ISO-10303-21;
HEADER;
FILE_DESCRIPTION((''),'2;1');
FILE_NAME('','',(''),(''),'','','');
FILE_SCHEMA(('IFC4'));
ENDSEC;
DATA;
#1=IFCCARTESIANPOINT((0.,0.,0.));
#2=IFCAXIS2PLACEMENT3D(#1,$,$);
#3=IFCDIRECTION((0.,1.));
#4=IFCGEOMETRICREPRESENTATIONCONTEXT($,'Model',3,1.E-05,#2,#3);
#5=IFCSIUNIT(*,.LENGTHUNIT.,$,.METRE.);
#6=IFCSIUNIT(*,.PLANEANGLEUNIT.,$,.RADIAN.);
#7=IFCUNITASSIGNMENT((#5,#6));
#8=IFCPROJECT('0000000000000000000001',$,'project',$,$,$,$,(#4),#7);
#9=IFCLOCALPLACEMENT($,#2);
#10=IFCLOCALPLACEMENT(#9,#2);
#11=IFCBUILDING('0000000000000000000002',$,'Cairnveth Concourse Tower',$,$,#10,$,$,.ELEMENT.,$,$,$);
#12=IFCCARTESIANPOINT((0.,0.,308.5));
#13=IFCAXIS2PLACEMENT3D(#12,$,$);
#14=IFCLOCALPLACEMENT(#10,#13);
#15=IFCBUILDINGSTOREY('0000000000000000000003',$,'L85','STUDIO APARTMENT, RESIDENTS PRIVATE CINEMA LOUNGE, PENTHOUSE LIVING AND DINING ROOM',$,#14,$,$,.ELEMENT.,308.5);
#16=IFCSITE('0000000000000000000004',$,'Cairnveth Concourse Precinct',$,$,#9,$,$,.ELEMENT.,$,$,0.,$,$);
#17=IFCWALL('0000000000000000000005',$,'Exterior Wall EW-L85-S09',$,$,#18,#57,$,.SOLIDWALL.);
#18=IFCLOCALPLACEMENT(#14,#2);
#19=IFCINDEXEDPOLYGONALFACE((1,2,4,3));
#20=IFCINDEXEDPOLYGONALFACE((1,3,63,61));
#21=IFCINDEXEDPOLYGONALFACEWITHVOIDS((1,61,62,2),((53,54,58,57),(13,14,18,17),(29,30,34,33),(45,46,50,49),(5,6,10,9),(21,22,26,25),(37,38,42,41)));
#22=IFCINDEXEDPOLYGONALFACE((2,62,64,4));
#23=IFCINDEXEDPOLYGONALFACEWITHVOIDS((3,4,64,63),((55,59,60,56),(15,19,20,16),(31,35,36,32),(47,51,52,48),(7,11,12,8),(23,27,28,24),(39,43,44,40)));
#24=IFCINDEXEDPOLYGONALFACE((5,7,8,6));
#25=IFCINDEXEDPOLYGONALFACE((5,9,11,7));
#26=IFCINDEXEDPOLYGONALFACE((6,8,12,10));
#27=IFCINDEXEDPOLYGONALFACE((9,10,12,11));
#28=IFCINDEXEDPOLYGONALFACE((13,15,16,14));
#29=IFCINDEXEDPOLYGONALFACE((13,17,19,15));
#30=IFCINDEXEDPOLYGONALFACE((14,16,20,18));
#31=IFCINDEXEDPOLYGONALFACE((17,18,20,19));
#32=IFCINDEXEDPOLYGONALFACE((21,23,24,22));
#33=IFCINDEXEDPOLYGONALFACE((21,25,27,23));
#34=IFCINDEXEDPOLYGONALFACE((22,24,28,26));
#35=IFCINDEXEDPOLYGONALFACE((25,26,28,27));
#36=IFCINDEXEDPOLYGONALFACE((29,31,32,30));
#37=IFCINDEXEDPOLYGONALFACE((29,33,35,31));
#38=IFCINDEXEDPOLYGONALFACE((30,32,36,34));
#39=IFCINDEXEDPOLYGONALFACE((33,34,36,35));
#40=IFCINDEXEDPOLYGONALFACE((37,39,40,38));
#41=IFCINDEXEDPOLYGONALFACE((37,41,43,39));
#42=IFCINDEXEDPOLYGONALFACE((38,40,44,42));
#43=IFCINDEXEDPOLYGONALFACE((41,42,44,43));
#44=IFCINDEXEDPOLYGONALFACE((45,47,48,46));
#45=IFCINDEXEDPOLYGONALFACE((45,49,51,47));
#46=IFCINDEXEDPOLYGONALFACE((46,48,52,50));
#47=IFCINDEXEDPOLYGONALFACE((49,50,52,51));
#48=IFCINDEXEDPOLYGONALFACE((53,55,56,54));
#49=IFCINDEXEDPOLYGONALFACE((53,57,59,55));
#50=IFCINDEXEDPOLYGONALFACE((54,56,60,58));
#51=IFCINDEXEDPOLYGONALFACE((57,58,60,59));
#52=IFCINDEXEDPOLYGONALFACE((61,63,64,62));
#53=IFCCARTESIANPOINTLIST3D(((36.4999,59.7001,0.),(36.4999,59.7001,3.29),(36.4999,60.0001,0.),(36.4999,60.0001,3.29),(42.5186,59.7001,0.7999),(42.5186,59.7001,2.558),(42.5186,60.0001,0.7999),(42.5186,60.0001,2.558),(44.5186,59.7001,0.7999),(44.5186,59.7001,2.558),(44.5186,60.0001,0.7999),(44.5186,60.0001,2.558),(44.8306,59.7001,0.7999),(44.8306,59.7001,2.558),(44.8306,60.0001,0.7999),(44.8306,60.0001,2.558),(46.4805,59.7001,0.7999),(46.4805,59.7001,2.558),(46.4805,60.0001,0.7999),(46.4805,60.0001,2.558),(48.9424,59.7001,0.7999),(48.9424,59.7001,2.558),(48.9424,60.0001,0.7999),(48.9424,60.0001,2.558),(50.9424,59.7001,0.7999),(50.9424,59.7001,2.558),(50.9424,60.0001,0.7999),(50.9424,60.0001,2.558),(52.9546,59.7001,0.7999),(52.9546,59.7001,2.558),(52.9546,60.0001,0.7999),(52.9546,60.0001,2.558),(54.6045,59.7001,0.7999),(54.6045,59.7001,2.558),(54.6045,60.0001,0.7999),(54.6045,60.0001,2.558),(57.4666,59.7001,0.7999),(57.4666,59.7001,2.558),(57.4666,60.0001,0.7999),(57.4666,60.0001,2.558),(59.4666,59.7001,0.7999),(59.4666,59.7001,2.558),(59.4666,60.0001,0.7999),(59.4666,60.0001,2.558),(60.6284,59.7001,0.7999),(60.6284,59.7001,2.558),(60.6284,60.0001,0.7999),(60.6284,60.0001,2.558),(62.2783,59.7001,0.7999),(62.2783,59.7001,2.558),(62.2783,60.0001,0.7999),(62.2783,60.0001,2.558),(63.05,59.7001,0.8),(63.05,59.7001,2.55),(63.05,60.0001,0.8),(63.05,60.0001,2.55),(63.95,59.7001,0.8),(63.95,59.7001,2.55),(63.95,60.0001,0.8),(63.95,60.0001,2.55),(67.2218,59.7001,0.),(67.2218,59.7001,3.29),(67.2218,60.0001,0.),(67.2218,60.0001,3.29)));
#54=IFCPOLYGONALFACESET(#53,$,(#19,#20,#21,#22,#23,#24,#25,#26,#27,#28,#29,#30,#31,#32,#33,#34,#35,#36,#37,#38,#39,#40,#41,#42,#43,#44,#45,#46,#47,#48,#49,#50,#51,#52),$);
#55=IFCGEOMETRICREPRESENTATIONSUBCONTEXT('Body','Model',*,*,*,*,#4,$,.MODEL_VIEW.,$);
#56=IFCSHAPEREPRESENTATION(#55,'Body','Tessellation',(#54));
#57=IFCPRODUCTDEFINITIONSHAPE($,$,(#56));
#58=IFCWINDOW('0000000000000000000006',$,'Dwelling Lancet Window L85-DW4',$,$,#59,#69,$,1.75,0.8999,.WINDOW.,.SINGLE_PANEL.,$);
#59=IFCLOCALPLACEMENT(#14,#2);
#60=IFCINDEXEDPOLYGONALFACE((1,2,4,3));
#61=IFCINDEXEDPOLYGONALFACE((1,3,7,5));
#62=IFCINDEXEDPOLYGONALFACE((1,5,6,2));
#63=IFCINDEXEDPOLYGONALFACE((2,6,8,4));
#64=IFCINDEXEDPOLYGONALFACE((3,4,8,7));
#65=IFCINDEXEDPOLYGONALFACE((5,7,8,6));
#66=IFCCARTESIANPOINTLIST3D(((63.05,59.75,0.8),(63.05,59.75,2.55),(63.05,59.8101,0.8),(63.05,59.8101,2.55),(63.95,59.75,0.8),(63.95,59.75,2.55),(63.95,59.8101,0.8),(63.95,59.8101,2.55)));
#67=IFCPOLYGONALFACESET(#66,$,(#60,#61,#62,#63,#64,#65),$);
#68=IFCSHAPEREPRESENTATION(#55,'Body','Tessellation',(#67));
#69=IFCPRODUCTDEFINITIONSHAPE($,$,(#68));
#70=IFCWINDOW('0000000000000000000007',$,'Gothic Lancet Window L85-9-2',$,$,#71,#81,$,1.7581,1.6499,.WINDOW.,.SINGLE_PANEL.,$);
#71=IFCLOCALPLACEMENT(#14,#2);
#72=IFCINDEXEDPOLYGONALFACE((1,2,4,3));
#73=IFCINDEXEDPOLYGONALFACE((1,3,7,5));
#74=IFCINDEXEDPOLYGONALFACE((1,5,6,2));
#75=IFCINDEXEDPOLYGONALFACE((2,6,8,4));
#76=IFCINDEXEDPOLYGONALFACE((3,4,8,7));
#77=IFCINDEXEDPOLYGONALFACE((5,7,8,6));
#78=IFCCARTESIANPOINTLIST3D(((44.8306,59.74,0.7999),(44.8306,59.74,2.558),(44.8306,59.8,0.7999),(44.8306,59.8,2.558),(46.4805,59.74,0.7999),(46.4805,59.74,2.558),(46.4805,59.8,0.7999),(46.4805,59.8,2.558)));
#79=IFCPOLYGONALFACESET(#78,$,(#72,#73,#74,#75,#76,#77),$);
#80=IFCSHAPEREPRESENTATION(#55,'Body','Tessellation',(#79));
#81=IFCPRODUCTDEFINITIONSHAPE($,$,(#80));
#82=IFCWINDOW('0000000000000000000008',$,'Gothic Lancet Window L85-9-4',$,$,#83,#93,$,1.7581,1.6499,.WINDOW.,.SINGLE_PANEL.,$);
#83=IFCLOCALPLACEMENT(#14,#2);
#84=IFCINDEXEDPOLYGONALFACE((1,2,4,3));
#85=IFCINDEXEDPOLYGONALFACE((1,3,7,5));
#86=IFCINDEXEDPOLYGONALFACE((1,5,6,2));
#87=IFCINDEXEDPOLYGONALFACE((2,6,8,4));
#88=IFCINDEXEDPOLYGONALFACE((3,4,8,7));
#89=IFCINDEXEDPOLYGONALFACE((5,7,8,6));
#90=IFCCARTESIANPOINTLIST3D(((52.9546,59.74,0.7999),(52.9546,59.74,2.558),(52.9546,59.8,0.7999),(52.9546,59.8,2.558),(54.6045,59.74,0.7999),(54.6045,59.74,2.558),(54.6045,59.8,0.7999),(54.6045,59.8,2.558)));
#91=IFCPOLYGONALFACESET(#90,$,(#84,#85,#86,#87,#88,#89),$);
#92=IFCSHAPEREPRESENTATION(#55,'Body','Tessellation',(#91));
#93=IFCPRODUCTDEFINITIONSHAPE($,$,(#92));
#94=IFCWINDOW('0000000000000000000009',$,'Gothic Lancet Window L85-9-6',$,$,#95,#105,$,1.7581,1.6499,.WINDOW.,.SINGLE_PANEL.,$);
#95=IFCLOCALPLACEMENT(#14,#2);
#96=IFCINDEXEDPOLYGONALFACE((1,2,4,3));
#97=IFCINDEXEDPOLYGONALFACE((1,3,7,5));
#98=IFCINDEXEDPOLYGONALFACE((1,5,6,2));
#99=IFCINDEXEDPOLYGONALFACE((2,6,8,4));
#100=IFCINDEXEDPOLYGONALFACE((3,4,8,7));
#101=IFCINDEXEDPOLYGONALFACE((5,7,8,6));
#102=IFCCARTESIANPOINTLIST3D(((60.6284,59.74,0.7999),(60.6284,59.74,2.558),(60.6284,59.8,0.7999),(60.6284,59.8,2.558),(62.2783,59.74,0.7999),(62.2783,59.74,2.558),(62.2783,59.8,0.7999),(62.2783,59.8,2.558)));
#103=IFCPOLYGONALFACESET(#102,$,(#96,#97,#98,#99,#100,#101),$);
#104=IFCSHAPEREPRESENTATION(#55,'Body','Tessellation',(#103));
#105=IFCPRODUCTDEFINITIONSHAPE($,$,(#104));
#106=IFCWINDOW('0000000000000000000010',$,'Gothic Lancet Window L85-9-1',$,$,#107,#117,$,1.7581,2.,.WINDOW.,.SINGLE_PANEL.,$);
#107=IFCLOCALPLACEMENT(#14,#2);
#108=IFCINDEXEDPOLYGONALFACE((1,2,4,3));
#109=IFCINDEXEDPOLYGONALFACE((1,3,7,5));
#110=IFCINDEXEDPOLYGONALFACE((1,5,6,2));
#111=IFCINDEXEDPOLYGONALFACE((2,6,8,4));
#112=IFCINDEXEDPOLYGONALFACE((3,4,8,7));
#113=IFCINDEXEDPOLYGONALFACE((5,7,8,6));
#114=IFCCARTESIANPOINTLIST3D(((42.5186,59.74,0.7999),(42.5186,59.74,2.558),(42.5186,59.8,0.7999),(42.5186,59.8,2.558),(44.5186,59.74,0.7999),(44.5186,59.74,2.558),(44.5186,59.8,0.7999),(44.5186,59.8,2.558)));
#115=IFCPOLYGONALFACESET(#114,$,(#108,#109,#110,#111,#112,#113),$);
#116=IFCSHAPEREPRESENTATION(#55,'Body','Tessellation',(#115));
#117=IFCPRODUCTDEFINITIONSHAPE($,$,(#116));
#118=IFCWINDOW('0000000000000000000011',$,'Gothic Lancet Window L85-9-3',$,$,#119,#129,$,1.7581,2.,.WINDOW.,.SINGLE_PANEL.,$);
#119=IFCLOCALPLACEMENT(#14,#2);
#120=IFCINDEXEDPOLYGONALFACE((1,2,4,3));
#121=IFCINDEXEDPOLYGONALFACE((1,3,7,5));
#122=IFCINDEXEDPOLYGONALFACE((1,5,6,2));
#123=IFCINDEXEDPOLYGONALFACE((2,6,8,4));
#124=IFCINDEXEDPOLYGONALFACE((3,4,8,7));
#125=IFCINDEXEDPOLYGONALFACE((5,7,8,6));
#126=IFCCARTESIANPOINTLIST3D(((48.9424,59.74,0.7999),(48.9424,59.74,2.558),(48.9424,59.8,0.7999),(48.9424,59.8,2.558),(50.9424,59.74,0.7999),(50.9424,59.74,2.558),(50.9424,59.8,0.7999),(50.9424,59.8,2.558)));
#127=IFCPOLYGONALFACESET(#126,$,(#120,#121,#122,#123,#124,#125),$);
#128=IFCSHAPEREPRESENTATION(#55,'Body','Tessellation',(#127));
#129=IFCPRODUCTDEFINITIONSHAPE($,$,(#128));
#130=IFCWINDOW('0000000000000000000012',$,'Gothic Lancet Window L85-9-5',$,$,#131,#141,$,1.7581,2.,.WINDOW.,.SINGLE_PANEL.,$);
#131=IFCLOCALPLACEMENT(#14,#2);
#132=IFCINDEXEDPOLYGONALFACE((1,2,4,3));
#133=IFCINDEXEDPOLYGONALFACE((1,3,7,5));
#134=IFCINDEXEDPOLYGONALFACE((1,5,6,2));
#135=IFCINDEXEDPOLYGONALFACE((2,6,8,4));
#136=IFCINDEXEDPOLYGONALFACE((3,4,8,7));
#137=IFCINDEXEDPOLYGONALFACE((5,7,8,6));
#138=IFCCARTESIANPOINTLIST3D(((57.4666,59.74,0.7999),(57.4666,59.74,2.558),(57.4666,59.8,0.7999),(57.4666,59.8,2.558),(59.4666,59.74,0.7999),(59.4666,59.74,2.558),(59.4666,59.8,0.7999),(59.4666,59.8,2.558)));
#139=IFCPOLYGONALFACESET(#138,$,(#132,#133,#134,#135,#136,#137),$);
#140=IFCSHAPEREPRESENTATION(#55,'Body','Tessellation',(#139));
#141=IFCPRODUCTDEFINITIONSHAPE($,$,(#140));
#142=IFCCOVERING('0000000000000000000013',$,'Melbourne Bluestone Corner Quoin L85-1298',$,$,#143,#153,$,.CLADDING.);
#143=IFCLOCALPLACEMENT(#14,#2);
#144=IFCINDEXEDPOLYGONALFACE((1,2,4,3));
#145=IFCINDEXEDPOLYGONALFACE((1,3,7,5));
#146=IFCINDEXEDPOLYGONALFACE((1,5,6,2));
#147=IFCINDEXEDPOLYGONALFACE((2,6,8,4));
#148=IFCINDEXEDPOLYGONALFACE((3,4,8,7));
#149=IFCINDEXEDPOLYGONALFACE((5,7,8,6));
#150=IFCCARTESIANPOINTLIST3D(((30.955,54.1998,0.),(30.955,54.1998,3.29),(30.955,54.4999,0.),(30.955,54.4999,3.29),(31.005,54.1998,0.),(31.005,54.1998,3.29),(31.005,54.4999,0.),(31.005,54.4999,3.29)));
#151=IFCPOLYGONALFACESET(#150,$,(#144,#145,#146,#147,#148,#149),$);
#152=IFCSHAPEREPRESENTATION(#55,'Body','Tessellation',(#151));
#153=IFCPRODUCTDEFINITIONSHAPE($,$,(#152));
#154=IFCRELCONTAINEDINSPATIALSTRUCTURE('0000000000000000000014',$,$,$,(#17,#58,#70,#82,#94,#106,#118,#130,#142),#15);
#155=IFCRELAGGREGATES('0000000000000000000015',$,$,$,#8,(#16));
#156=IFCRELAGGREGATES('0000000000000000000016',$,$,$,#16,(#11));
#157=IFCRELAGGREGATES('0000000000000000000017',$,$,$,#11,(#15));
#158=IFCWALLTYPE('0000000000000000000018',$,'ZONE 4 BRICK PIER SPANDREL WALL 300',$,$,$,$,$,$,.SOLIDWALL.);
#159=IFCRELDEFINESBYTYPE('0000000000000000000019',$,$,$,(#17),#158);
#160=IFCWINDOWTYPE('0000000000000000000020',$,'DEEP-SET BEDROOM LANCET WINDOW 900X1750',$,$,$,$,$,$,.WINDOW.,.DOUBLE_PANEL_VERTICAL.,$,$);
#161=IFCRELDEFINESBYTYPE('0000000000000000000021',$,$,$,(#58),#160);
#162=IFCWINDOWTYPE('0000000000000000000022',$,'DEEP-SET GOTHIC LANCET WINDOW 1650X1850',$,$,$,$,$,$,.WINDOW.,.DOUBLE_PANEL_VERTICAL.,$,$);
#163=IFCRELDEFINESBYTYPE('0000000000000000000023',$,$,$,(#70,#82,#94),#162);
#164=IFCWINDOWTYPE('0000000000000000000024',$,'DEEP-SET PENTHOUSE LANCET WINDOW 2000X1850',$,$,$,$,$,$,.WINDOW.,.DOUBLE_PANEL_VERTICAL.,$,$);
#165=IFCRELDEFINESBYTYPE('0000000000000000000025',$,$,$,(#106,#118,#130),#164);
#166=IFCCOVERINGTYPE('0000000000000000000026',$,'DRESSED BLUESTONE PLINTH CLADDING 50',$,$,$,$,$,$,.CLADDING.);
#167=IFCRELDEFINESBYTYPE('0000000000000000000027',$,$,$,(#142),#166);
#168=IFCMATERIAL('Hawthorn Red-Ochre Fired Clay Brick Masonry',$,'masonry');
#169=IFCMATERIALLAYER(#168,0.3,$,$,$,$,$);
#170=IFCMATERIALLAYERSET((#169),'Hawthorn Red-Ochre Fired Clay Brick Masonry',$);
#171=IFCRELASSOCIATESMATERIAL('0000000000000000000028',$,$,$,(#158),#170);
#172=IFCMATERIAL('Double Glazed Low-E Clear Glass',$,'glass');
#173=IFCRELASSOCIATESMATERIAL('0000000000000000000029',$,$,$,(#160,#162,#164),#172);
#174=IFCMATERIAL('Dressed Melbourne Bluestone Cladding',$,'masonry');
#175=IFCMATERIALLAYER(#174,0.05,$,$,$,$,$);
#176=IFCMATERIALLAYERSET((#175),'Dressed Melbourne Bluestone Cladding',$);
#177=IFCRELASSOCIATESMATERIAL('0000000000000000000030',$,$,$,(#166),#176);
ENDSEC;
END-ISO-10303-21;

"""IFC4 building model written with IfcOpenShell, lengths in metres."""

from ifc_helpers import new_model, si_unit, direction, frame, frame_2d, origin, place, context, subcontext, project, spatial, rectangle, extrude, material, layer, layer_set, type_object, element, fill, save


model = new_model("IFC4")

# Units and contexts
model_context = context("Model", 3, precision=1e-05, world=origin(), true_north=direction((0.0, 1.0)))
body_context = subcontext(model_context, "Body", "Model", "MODEL_VIEW")
ifc_project = project(units=[si_unit("LENGTHUNIT", "METRE"), si_unit("PLANEANGLEUNIT", "RADIAN")], contexts=[model_context])

# Site, building, storey
site_placement = place(None, origin())
site = spatial("IfcSite", under=ifc_project, at=site_placement, Name="Cairnveth Concourse Precinct", CompositionType="ELEMENT", RefElevation=0.0)
building_placement = place(site_placement, origin())
building = spatial("IfcBuilding", under=site, at=building_placement, Name="Cairnveth Concourse Tower", CompositionType="ELEMENT")
storey_placement = place(building_placement, frame((0.0, 0.0, 308.5)))
storey = spatial("IfcBuildingStorey", under=building, at=storey_placement, Name="L85", Description="STUDIO APARTMENT, RESIDENTS PRIVATE CINEMA LOUNGE, PENTHOUSE LIVING AND DINING ROOM", CompositionType="ELEMENT", Elevation=308.5)

# Shared definitions
ifc_material_1 = material(Name="Hawthorn Red-Ochre Fired Clay Brick Masonry", Category="masonry")
ifc_layer_1 = layer(ifc_material_1, 0.3)
ifc_layer_set_1 = layer_set([ifc_layer_1], Name="Hawthorn Red-Ochre Fired Clay Brick Masonry")
wall_type_1 = type_object("IfcWallType", Name="ZONE 4 BRICK PIER SPANDREL WALL 300", PredefinedType="SOLIDWALL", material=ifc_layer_set_1)
ifc_material_2 = material(Name="Double Glazed Low-E Clear Glass", Category="glass")
window_type_1 = type_object("IfcWindowType", Name="DEEP-SET BEDROOM LANCET WINDOW 900X1750", PartitioningType="DOUBLE_PANEL_VERTICAL", PredefinedType="WINDOW", material=ifc_material_2)

# Wall, openings, windows
wall_1_placement = place(storey_placement, frame((36.5, 59.8501, 0.0), z_axis=(0.0, 0.0, 1.0), x_axis=(1.0, 0.0, 0.0)))
wall_1 = element("IfcWall", 1, at=wall_1_placement, inside=storey, type_object=wall_type_1, Name="Exterior Wall EW-L85-S09", PredefinedType="SOLIDWALL", context=body_context, shape_type="SweptSolid", body=[
    extrude(rectangle(XDim=30.7219, YDim=0.3, at=frame_2d((15.3608, 0.0))), origin(), (0.0, 0.0, 1.0), 3.29),
])
opening_1_placement = place(wall_1_placement, frame((6.0186, 0.0, 0.8)))
opening_1 = element("IfcOpeningElement", 2, at=opening_1_placement, cuts=wall_1, PredefinedType="OPENING", context=body_context, shape_type="SweptSolid", body=[
    extrude(rectangle(XDim=2.0, YDim=1.7581, at=frame_2d((1.0, 0.8789))), frame((0.0, 0.1599, 0.0), z_axis=(0.0, -1.0, 0.0), x_axis=(1.0, 0.0, 0.0)), (0.0, 0.0, 1.0), 0.3201),
])
opening_2_placement = place(wall_1_placement, frame((8.3306, 0.0, 0.8)))
opening_2 = element("IfcOpeningElement", 3, at=opening_2_placement, cuts=wall_1, PredefinedType="OPENING", context=body_context, shape_type="SweptSolid", body=[
    extrude(rectangle(XDim=1.6499, YDim=1.7581, at=frame_2d((0.825, 0.8789))), frame((0.0, 0.1599, 0.0), z_axis=(0.0, -1.0, 0.0), x_axis=(1.0, 0.0, 0.0)), (0.0, 0.0, 1.0), 0.3201),
])
opening_3_placement = place(wall_1_placement, frame((12.4424, 0.0, 0.8)))
opening_3 = element("IfcOpeningElement", 4, at=opening_3_placement, cuts=wall_1, PredefinedType="OPENING", context=body_context, shape_type="SweptSolid", body=[
    extrude(rectangle(XDim=2.0, YDim=1.7581, at=frame_2d((1.0, 0.8789))), frame((0.0, 0.1599, 0.0), z_axis=(0.0, -1.0, 0.0), x_axis=(1.0, 0.0, 0.0)), (0.0, 0.0, 1.0), 0.3201),
])
opening_4_placement = place(wall_1_placement, frame((16.4546, 0.0, 0.8)))
opening_4 = element("IfcOpeningElement", 5, at=opening_4_placement, cuts=wall_1, PredefinedType="OPENING", context=body_context, shape_type="SweptSolid", body=[
    extrude(rectangle(XDim=1.6499, YDim=1.7581, at=frame_2d((0.825, 0.8789))), frame((0.0, 0.1599, 0.0), z_axis=(0.0, -1.0, 0.0), x_axis=(1.0, 0.0, 0.0)), (0.0, 0.0, 1.0), 0.3201),
])
opening_5_placement = place(wall_1_placement, frame((20.9666, 0.0, 0.8)))
opening_5 = element("IfcOpeningElement", 6, at=opening_5_placement, cuts=wall_1, PredefinedType="OPENING", context=body_context, shape_type="SweptSolid", body=[
    extrude(rectangle(XDim=2.0, YDim=1.7581, at=frame_2d((1.0, 0.8789))), frame((0.0, 0.1599, 0.0), z_axis=(0.0, -1.0, 0.0), x_axis=(1.0, 0.0, 0.0)), (0.0, 0.0, 1.0), 0.3201),
])
opening_6_placement = place(wall_1_placement, frame((24.1284, 0.0, 0.8)))
opening_6 = element("IfcOpeningElement", 7, at=opening_6_placement, cuts=wall_1, PredefinedType="OPENING", context=body_context, shape_type="SweptSolid", body=[
    extrude(rectangle(XDim=1.6499, YDim=1.7581, at=frame_2d((0.825, 0.8789))), frame((0.0, 0.1599, 0.0), z_axis=(0.0, -1.0, 0.0), x_axis=(1.0, 0.0, 0.0)), (0.0, 0.0, 1.0), 0.3201),
])
opening_7_placement = place(wall_1_placement, frame((26.55, 0.0, 0.8)))
opening_7 = element("IfcOpeningElement", 8, at=opening_7_placement, cuts=wall_1, PredefinedType="OPENING", context=body_context, shape_type="SweptSolid", body=[
    extrude(rectangle(XDim=0.8999, YDim=1.75, at=frame_2d((0.45, 0.875))), frame((0.0, 0.1599, 0.0), z_axis=(0.0, -1.0, 0.0), x_axis=(1.0, 0.0, 0.0)), (0.0, 0.0, 1.0), 0.3201),
])
window_1_placement = place(opening_7_placement, origin())
window_1 = element("IfcWindow", 9, at=window_1_placement, inside=storey, type_object=window_type_1, Name="Dwelling Lancet Window L85-DW4", OverallHeight=1.75, OverallWidth=0.8999, PartitioningType="SINGLE_PANEL", PredefinedType="WINDOW", context=body_context, shape_type="SweptSolid", body=[
    extrude(rectangle(XDim=0.8999, YDim=1.75, at=frame_2d((0.45, 0.875))), frame((0.0, -0.04, 0.0), z_axis=(0.0, -1.0, 0.0), x_axis=(1.0, 0.0, 0.0)), (0.0, 0.0, 1.0), 0.0601),
])
fill(opening_7, window_1)
window_type_2 = type_object("IfcWindowType", Name="DEEP-SET GOTHIC LANCET WINDOW 1650X1850", PartitioningType="DOUBLE_PANEL_VERTICAL", PredefinedType="WINDOW", material=ifc_material_2)
window_2_placement = place(opening_2_placement, origin())
window_2 = element("IfcWindow", 10, at=window_2_placement, inside=storey, type_object=window_type_2, Name="Gothic Lancet Window L85-9-2", OverallHeight=1.7581, OverallWidth=1.6499, PartitioningType="SINGLE_PANEL", PredefinedType="WINDOW", context=body_context, shape_type="SweptSolid", body=[
    extrude(rectangle(XDim=1.6499, YDim=1.7581, at=frame_2d((0.825, 0.8789))), frame((0.0, -0.05, 0.0), z_axis=(0.0, -1.0, 0.0), x_axis=(1.0, 0.0, 0.0)), (0.0, 0.0, 1.0), 0.0601),
])
fill(opening_2, window_2)
window_3_placement = place(opening_4_placement, origin())
window_3 = element("IfcWindow", 11, at=window_3_placement, inside=storey, type_object=window_type_2, Name="Gothic Lancet Window L85-9-4", OverallHeight=1.7581, OverallWidth=1.6499, PartitioningType="SINGLE_PANEL", PredefinedType="WINDOW", context=body_context, shape_type="SweptSolid", body=[
    extrude(rectangle(XDim=1.6499, YDim=1.7581, at=frame_2d((0.825, 0.8789))), frame((0.0, -0.05, 0.0), z_axis=(0.0, -1.0, 0.0), x_axis=(1.0, 0.0, 0.0)), (0.0, 0.0, 1.0), 0.0601),
])
fill(opening_4, window_3)
window_4_placement = place(opening_6_placement, origin())
window_4 = element("IfcWindow", 12, at=window_4_placement, inside=storey, type_object=window_type_2, Name="Gothic Lancet Window L85-9-6", OverallHeight=1.7581, OverallWidth=1.6499, PartitioningType="SINGLE_PANEL", PredefinedType="WINDOW", context=body_context, shape_type="SweptSolid", body=[
    extrude(rectangle(XDim=1.6499, YDim=1.7581, at=frame_2d((0.825, 0.8789))), frame((0.0, -0.05, 0.0), z_axis=(0.0, -1.0, 0.0), x_axis=(1.0, 0.0, 0.0)), (0.0, 0.0, 1.0), 0.0601),
])
fill(opening_6, window_4)
window_type_3 = type_object("IfcWindowType", Name="DEEP-SET PENTHOUSE LANCET WINDOW 2000X1850", PartitioningType="DOUBLE_PANEL_VERTICAL", PredefinedType="WINDOW", material=ifc_material_2)
window_5_placement = place(opening_1_placement, origin())
window_5 = element("IfcWindow", 13, at=window_5_placement, inside=storey, type_object=window_type_3, Name="Gothic Lancet Window L85-9-1", OverallHeight=1.7581, OverallWidth=2.0, PartitioningType="SINGLE_PANEL", PredefinedType="WINDOW", context=body_context, shape_type="SweptSolid", body=[
    extrude(rectangle(XDim=2.0, YDim=1.7581, at=frame_2d((1.0, 0.8789))), frame((0.0, -0.05, 0.0), z_axis=(0.0, -1.0, 0.0), x_axis=(1.0, 0.0, 0.0)), (0.0, 0.0, 1.0), 0.0601),
])
fill(opening_1, window_5)
window_6_placement = place(opening_3_placement, origin())
window_6 = element("IfcWindow", 14, at=window_6_placement, inside=storey, type_object=window_type_3, Name="Gothic Lancet Window L85-9-3", OverallHeight=1.7581, OverallWidth=2.0, PartitioningType="SINGLE_PANEL", PredefinedType="WINDOW", context=body_context, shape_type="SweptSolid", body=[
    extrude(rectangle(XDim=2.0, YDim=1.7581, at=frame_2d((1.0, 0.8789))), frame((0.0, -0.05, 0.0), z_axis=(0.0, -1.0, 0.0), x_axis=(1.0, 0.0, 0.0)), (0.0, 0.0, 1.0), 0.0601),
])
fill(opening_3, window_6)
window_7_placement = place(opening_5_placement, origin())
window_7 = element("IfcWindow", 15, at=window_7_placement, inside=storey, type_object=window_type_3, Name="Gothic Lancet Window L85-9-5", OverallHeight=1.7581, OverallWidth=2.0, PartitioningType="SINGLE_PANEL", PredefinedType="WINDOW", context=body_context, shape_type="SweptSolid", body=[
    extrude(rectangle(XDim=2.0, YDim=1.7581, at=frame_2d((1.0, 0.8789))), frame((0.0, -0.05, 0.0), z_axis=(0.0, -1.0, 0.0), x_axis=(1.0, 0.0, 0.0)), (0.0, 0.0, 1.0), 0.0601),
])
fill(opening_5, window_7)

# Covering
ifc_material_3 = material(Name="Dressed Melbourne Bluestone Cladding", Category="masonry")
ifc_layer_2 = layer(ifc_material_3, 0.05)
ifc_layer_set_2 = layer_set([ifc_layer_2], Name="Dressed Melbourne Bluestone Cladding")
covering_type = type_object("IfcCoveringType", Name="DRESSED BLUESTONE PLINTH CLADDING 50", PredefinedType="CLADDING", material=ifc_layer_set_2)
for number, where, z_axis, x_axis, name in (
    (16, (30.98, 54.2, 0.0), (0.0, 0.0, 1.0), (0.0, 1.0, 0.0), "Melbourne Bluestone Corner Quoin L85-1298"),
):
    element("IfcCovering", number, at=place(storey_placement, frame(where, z_axis=z_axis, x_axis=x_axis)), inside=storey, type_object=covering_type, Name=name, PredefinedType="CLADDING", context=body_context, shape_type="SweptSolid", body=[
        extrude(rectangle(XDim=0.3, YDim=0.05, at=frame_2d((0.1499, 0.0))), origin(), (0.0, 0.0, 1.0), 3.29),
    ])

save(model, "model.ifc")
